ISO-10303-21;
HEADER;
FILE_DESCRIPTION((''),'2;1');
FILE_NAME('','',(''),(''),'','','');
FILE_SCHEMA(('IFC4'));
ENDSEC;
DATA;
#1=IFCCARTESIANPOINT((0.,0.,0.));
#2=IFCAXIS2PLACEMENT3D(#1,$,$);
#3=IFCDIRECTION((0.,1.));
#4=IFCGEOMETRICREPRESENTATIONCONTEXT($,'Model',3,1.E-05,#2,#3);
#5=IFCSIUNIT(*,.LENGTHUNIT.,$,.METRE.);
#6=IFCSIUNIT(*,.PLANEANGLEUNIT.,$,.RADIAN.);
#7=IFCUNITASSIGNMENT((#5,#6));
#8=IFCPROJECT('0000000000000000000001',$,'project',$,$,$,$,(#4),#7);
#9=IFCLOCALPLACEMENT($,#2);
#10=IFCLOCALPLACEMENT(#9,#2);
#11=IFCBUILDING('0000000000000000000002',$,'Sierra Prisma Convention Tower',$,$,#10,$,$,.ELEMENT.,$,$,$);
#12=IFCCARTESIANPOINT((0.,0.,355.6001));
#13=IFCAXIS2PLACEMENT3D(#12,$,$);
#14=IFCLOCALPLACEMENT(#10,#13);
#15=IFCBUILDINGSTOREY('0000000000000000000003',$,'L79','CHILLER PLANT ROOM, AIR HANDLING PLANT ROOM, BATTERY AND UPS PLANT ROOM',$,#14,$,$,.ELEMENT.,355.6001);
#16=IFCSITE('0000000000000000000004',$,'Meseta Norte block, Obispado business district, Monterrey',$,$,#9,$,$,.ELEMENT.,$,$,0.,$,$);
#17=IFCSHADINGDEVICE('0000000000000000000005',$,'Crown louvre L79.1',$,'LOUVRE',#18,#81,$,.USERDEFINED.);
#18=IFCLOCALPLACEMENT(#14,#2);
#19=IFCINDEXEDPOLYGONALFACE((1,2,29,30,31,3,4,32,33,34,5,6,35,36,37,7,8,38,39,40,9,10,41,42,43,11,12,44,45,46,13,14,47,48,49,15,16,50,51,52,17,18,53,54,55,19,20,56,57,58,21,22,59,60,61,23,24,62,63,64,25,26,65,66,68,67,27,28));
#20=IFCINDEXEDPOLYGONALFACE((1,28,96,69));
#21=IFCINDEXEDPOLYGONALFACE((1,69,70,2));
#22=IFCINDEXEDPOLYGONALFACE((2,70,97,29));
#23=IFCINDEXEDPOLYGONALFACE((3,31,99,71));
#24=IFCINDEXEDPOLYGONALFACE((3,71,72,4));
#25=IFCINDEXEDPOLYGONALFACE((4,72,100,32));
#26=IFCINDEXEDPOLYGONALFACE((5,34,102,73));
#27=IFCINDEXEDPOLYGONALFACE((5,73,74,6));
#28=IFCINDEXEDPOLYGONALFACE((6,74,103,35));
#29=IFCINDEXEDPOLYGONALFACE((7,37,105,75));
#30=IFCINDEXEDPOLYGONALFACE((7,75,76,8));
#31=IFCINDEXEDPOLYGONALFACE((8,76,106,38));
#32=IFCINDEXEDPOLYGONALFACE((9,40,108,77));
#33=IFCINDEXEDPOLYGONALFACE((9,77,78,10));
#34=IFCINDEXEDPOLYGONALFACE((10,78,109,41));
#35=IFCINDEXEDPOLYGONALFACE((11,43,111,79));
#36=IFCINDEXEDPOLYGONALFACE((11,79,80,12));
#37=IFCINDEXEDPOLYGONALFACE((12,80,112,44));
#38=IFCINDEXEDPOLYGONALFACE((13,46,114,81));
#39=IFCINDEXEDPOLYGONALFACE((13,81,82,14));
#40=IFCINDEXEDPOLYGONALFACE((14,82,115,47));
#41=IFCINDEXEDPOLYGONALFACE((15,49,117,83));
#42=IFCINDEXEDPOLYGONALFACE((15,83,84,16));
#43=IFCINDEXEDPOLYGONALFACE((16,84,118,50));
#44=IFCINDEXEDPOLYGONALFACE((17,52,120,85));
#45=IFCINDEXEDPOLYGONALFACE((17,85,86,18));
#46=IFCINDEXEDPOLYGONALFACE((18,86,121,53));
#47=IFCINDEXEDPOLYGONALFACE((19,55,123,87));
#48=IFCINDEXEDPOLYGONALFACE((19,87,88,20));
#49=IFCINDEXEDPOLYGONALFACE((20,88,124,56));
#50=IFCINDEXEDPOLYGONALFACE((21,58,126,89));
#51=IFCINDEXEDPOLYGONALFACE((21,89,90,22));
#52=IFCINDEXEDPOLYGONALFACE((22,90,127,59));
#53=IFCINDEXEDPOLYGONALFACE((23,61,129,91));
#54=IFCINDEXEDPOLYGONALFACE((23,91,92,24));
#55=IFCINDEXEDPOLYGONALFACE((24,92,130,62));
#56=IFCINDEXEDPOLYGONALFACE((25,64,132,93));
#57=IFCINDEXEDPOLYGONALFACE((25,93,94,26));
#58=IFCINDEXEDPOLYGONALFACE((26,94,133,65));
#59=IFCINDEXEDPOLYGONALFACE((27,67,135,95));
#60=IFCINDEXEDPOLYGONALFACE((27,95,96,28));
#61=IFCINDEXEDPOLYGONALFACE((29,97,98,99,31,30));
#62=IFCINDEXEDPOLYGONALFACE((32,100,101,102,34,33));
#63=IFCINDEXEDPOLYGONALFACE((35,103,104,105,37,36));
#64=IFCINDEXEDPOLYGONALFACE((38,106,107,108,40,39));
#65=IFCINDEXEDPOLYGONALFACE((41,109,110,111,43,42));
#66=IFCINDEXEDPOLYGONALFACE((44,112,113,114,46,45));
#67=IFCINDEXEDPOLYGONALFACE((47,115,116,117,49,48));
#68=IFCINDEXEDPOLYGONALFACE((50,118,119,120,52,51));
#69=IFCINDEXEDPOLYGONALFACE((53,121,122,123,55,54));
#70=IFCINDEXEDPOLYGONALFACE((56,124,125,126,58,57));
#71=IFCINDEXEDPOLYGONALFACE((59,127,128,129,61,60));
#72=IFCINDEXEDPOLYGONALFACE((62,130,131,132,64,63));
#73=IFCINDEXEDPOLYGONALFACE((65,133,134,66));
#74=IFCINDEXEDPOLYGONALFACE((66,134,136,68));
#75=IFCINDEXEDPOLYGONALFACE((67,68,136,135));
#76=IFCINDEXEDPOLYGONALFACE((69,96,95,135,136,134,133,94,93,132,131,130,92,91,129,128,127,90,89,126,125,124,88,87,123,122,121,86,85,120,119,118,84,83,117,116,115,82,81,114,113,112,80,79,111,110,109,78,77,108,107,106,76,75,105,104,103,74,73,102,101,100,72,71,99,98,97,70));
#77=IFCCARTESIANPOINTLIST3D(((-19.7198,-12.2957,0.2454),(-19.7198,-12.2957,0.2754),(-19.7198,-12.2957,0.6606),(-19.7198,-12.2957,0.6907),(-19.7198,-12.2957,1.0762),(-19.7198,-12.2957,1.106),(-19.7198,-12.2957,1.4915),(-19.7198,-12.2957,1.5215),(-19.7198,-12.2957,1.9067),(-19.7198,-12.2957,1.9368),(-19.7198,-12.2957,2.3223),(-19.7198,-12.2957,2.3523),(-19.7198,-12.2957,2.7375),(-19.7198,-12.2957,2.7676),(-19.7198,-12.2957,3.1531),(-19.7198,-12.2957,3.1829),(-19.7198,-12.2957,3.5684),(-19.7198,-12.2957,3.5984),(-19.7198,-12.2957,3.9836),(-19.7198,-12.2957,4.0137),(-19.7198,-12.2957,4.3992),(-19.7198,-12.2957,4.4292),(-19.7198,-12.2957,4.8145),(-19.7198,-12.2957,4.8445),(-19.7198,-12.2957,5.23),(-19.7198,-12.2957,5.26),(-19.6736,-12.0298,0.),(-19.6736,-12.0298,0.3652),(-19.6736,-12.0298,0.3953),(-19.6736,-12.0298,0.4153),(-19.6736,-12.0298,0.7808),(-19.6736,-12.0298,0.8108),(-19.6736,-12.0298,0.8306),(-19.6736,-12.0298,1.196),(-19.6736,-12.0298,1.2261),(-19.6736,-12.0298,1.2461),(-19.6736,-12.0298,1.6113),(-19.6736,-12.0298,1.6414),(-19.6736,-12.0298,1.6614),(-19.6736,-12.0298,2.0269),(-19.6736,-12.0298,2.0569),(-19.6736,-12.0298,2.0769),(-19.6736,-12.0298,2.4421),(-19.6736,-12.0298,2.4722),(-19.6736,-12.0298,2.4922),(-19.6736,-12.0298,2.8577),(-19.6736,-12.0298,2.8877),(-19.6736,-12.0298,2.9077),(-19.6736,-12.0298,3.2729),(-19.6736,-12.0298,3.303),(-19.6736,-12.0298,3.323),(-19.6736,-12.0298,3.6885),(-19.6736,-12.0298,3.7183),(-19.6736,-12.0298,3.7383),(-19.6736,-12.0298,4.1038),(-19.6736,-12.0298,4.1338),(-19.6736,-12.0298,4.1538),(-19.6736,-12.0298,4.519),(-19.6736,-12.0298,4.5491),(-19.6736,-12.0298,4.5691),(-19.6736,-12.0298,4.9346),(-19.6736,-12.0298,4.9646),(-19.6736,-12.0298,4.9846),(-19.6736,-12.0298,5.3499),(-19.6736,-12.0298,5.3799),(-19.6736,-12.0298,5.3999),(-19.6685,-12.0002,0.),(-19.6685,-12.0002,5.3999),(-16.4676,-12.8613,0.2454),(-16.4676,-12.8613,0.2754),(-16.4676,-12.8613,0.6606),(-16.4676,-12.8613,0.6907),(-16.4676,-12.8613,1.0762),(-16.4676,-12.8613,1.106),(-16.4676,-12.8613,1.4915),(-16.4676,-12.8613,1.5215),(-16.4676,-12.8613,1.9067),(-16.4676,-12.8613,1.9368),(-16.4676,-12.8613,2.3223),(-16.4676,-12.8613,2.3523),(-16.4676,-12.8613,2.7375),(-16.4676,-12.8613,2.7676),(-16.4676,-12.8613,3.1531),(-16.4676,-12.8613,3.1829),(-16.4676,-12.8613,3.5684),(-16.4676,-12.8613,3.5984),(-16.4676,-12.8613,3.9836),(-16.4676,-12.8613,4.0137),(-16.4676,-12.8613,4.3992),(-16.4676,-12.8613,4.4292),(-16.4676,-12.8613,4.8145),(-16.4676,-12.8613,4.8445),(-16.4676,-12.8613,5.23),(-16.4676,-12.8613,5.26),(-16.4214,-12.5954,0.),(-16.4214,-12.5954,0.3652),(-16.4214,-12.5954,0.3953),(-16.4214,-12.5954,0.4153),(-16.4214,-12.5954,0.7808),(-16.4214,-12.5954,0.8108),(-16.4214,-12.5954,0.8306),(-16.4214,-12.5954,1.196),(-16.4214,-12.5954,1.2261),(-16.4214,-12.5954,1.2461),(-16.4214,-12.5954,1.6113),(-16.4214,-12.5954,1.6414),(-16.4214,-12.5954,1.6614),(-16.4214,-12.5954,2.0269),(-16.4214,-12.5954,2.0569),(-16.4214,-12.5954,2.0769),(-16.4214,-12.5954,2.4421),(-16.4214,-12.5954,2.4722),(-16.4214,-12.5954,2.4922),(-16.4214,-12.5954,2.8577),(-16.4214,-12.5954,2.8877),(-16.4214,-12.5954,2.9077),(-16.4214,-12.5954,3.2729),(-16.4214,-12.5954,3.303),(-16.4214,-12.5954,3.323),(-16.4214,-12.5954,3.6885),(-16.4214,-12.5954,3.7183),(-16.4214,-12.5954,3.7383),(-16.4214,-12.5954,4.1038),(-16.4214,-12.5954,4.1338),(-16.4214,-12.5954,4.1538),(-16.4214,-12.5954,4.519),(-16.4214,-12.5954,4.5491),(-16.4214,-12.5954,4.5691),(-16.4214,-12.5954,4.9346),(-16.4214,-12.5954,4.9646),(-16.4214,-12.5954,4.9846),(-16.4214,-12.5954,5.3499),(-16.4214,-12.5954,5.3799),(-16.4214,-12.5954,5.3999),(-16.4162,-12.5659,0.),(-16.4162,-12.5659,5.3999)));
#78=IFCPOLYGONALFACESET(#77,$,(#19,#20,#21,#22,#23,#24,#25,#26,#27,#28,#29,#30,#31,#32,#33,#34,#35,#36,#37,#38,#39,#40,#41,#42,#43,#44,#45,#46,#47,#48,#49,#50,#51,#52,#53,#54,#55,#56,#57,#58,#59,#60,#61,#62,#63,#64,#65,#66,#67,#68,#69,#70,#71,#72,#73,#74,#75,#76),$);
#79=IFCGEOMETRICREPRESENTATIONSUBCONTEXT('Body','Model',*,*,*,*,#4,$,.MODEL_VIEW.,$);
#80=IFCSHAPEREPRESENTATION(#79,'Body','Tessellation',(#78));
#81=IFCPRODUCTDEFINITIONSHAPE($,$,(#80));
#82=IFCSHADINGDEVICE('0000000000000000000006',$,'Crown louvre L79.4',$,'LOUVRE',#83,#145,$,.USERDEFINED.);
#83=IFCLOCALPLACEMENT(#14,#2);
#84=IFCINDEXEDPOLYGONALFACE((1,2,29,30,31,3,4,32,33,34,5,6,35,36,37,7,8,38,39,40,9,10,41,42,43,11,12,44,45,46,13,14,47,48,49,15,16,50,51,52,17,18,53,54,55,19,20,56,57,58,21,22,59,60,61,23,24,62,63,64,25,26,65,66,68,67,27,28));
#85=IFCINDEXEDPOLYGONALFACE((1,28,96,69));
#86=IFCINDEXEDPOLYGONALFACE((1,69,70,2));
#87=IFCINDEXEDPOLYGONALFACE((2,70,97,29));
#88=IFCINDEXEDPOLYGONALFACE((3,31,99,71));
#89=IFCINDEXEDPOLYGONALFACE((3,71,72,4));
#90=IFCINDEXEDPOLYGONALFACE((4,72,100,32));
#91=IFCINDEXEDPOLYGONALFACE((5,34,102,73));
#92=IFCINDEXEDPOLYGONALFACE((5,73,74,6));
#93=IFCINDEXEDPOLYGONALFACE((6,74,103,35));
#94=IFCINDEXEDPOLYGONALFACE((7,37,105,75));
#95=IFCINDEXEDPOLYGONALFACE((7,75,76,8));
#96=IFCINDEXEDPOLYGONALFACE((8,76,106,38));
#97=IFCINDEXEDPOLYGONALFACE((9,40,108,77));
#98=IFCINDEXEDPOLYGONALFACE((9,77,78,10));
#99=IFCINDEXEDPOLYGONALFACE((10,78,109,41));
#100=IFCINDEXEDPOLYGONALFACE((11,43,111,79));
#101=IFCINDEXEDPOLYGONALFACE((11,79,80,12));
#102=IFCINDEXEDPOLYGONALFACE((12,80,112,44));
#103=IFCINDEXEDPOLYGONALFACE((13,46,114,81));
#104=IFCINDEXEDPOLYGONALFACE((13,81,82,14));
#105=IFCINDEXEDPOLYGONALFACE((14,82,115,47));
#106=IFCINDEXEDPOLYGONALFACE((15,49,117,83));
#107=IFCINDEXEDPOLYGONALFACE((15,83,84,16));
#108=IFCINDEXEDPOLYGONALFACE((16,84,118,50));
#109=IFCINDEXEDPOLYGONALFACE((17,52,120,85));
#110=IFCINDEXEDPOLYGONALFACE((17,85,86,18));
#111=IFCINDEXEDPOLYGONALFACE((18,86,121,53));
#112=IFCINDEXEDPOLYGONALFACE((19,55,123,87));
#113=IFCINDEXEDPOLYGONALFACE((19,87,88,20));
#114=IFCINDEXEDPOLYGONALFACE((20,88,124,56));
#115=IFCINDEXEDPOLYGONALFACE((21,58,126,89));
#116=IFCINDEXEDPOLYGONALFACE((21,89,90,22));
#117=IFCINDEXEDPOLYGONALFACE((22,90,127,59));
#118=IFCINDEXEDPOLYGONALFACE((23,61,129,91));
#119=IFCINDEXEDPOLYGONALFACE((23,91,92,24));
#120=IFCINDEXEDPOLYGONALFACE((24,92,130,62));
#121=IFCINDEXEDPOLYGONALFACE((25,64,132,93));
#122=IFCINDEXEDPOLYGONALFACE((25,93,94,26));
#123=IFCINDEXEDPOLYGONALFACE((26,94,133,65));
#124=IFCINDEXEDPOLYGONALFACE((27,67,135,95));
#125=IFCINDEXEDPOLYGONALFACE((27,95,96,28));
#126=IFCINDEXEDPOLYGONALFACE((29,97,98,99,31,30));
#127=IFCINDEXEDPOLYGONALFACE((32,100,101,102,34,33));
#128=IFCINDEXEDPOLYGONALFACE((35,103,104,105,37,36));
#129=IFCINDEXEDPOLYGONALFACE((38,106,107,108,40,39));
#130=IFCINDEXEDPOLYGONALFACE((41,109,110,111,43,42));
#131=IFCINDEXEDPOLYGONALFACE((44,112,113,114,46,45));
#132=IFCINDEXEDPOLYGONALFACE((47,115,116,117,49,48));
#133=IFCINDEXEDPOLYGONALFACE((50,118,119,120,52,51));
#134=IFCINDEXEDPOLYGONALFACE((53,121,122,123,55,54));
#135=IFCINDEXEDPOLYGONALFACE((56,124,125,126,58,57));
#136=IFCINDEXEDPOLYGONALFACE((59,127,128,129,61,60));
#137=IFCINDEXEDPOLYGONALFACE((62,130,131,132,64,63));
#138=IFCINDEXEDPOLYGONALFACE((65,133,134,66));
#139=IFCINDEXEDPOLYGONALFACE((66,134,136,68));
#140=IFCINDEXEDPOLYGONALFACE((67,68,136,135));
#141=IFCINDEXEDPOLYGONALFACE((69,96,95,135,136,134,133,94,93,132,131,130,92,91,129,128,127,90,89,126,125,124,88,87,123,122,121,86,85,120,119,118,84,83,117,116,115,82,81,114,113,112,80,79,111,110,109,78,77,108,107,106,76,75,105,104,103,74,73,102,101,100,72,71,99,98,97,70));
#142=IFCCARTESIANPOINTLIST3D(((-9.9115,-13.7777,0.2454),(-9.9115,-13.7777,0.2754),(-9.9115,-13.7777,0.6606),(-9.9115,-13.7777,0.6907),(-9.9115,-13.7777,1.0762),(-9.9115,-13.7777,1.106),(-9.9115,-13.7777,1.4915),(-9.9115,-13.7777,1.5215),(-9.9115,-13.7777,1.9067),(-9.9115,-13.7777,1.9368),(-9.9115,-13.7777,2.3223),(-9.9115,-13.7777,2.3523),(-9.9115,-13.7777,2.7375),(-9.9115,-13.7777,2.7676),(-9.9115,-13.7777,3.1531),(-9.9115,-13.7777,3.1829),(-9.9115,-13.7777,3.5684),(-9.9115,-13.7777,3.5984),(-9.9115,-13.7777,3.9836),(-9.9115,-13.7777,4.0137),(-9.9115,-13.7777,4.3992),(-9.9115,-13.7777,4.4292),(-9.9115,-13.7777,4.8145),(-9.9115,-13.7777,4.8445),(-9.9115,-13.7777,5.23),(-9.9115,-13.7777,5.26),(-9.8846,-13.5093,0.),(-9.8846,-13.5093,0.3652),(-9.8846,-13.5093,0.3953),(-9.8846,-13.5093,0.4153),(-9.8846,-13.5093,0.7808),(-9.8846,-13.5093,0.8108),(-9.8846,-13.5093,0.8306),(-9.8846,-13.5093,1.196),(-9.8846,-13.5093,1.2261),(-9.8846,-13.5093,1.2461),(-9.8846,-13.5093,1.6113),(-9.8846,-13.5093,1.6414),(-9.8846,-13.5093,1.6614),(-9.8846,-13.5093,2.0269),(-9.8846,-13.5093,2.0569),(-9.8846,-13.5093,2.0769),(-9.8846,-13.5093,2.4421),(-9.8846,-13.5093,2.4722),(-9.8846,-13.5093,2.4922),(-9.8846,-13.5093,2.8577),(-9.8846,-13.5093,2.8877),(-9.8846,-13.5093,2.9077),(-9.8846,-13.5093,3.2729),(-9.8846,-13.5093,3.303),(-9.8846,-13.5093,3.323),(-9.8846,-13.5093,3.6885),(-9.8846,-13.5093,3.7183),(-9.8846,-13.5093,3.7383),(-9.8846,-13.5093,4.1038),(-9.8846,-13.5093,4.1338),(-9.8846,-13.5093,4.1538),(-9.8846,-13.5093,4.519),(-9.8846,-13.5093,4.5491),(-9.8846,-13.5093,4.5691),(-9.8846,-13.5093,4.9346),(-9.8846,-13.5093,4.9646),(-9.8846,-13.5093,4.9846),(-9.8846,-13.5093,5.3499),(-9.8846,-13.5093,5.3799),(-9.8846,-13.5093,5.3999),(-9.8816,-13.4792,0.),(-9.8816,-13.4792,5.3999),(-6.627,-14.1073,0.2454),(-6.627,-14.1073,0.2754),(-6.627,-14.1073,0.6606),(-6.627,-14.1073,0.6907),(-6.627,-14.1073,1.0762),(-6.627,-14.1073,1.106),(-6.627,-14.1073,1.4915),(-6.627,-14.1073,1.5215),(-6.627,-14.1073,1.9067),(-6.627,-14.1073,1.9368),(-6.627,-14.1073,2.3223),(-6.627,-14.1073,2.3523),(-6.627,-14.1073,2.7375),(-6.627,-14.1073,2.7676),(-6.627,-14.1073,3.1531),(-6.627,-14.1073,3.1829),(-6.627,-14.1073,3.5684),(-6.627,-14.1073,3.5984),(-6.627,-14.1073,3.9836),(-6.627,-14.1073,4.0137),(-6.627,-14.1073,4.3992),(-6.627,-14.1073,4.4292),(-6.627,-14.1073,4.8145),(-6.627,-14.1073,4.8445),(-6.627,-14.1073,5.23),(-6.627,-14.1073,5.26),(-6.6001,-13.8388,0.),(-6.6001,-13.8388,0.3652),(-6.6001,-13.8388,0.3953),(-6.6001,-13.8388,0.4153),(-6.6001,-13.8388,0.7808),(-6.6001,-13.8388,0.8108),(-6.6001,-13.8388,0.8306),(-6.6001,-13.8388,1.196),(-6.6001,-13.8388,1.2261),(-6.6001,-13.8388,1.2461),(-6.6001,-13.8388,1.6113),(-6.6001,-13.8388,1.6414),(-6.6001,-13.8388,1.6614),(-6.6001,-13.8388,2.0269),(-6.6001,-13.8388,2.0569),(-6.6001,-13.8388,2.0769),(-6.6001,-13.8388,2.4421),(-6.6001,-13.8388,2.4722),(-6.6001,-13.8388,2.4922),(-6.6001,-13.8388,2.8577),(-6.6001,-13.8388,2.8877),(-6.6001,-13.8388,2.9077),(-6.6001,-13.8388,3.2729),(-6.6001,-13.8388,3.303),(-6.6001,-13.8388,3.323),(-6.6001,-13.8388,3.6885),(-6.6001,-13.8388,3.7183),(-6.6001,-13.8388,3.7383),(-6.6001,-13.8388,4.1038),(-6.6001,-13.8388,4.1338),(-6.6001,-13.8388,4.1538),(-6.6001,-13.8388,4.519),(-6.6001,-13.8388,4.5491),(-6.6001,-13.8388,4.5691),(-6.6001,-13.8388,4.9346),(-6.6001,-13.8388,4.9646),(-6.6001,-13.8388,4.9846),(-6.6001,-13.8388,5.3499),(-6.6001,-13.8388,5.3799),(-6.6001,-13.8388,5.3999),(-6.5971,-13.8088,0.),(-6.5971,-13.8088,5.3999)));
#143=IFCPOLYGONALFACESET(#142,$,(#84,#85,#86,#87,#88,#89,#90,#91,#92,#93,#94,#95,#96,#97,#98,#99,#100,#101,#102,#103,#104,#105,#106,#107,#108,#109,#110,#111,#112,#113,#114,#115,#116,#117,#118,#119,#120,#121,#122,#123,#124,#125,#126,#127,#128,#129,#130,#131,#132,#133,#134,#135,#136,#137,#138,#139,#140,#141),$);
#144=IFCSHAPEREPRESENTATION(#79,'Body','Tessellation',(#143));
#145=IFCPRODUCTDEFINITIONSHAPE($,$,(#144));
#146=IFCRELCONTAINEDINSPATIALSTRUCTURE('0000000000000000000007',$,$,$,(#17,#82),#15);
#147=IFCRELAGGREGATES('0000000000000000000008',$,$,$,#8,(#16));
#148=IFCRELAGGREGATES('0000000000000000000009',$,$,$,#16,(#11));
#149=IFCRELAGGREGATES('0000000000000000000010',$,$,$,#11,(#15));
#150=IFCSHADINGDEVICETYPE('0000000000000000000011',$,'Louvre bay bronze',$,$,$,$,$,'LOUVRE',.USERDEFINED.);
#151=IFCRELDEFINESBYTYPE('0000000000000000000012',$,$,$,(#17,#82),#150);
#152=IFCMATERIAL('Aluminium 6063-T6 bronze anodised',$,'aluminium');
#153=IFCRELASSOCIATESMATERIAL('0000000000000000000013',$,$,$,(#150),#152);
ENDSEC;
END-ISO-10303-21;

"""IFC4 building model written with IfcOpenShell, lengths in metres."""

from ifc_helpers import new_model, si_unit, direction, frame, origin, place, context, subcontext, project, spatial, polyline, outline, extrude, material, type_object, element, save


model = new_model("IFC4")

# Units and contexts
model_context = context("Model", 3, precision=1e-05, world=origin(), true_north=direction((0.0, 1.0)))
body_context = subcontext(model_context, "Body", "Model", "MODEL_VIEW")
ifc_project = project(units=[si_unit("LENGTHUNIT", "METRE"), si_unit("PLANEANGLEUNIT", "RADIAN")], contexts=[model_context])

# Site, building, storey
site_placement = place(None, origin())
site = spatial("IfcSite", under=ifc_project, at=site_placement, Name="Meseta Norte block, Obispado business district, Monterrey", CompositionType="ELEMENT", RefElevation=0.0)
building_placement = place(site_placement, origin())
building = spatial("IfcBuilding", under=site, at=building_placement, Name="Sierra Prisma Convention Tower", CompositionType="ELEMENT")
storey_placement = place(building_placement, frame((0.0, 0.0, 355.6001)))
storey = spatial("IfcBuildingStorey", under=building, at=storey_placement, Name="L79", Description="CHILLER PLANT ROOM, AIR HANDLING PLANT ROOM, BATTERY AND UPS PLANT ROOM", CompositionType="ELEMENT", Elevation=355.6001)

# Shading devices
ifc_material_1 = material(Name="Aluminium 6063-T6 bronze anodised", Category="aluminium")
shading_device_type = type_object("IfcShadingDeviceType", Name="Louvre bay bronze", ElementType="LOUVRE", PredefinedType="USERDEFINED", material=ifc_material_1)
shading_device_1_placement = place(storey_placement, frame((-19.6685, -12.0002, 0.0), z_axis=(-0.985211, 0.171344, 0.0), x_axis=(0.0, 0.0, 1.0)))
element("IfcShadingDevice", 1, at=shading_device_1_placement, inside=storey, type_object=shading_device_type, Name="Crown louvre L79.1", ObjectType="LOUVRE", PredefinedType="USERDEFINED", context=body_context, shape_type="SweptSolid", body=[
    extrude(outline(polyline([(0.0, 0.0), (5.3999, 0.0), (5.3999, -0.03), (5.3799, -0.03), (5.26, -0.2999), (5.23, -0.2999), (5.3499, -0.03), (4.9846, -0.03), (4.9646, -0.03), (4.8445, -0.2999), (4.8145, -0.2999), (4.9346, -0.03), (4.5691, -0.03), (4.5491, -0.03), (4.4292, -0.2999), (4.3992, -0.2999), (4.519, -0.03), (4.1538, -0.03), (4.1338, -0.03), (4.0137, -0.2999), (3.9836, -0.2999), (4.1038, -0.03), (3.7383, -0.03), (3.7183, -0.03), (3.5984, -0.2999), (3.5684, -0.2999), (3.6885, -0.03), (3.323, -0.03), (3.303, -0.03), (3.1829, -0.2999), (3.1531, -0.2999), (3.2729, -0.03), (2.9077, -0.03), (2.8877, -0.03), (2.7676, -0.2999), (2.7375, -0.2999), (2.8577, -0.03), (2.4922, -0.03), (2.4722, -0.03), (2.3523, -0.2999), (2.3223, -0.2999), (2.4421, -0.03), (2.0769, -0.03), (2.0569, -0.03), (1.9368, -0.2999), (1.9067, -0.2999), (2.0269, -0.03), (1.6614, -0.03), (1.6414, -0.03), (1.5215, -0.2999), (1.4915, -0.2999), (1.6113, -0.03), (1.2461, -0.03), (1.2261, -0.03), (1.106, -0.2999), (1.0762, -0.2999), (1.196, -0.03), (0.8306, -0.03), (0.8108, -0.03), (0.6907, -0.2999), (0.6606, -0.2999), (0.7808, -0.03), (0.4153, -0.03), (0.3953, -0.03), (0.2754, -0.2999), (0.2454, -0.2999), (0.3652, -0.03), (0.0, -0.03), (0.0, 0.0)])), origin(), (0.0, 0.0, -1.0), 3.301),
])
shading_device_2_placement = place(storey_placement, frame((-9.8816, -13.4792, 0.0), z_axis=(-0.995004, 0.099836, 0.0), x_axis=(0.0, 0.0, 1.0)))
element("IfcShadingDevice", 2, at=shading_device_2_placement, inside=storey, type_object=shading_device_type, Name="Crown louvre L79.4", ObjectType="LOUVRE", PredefinedType="USERDEFINED", context=body_context, shape_type="SweptSolid", body=[
    extrude(outline(polyline([(0.0, 0.0), (5.3999, 0.0), (5.3999, -0.0302), (5.3799, -0.0302), (5.26, -0.2999), (5.23, -0.2999), (5.3499, -0.0302), (4.9846, -0.0302), (4.9646, -0.0302), (4.8445, -0.2999), (4.8145, -0.2999), (4.9346, -0.0302), (4.5691, -0.0302), (4.5491, -0.0302), (4.4292, -0.2999), (4.3992, -0.2999), (4.519, -0.0302), (4.1538, -0.0302), (4.1338, -0.0302), (4.0137, -0.2999), (3.9836, -0.2999), (4.1038, -0.0302), (3.7383, -0.0302), (3.7183, -0.0302), (3.5984, -0.2999), (3.5684, -0.2999), (3.6885, -0.0302), (3.323, -0.0302), (3.303, -0.0302), (3.1829, -0.2999), (3.1531, -0.2999), (3.2729, -0.0302), (2.9077, -0.0302), (2.8877, -0.0302), (2.7676, -0.2999), (2.7375, -0.2999), (2.8577, -0.0302), (2.4922, -0.0302), (2.4722, -0.0302), (2.3523, -0.2999), (2.3223, -0.2999), (2.4421, -0.0302), (2.0769, -0.0302), (2.0569, -0.0302), (1.9368, -0.2999), (1.9067, -0.2999), (2.0269, -0.0302), (1.6614, -0.0302), (1.6414, -0.0302), (1.5215, -0.2999), (1.4915, -0.2999), (1.6113, -0.0302), (1.2461, -0.0302), (1.2261, -0.0302), (1.106, -0.2999), (1.0762, -0.2999), (1.196, -0.0302), (0.8306, -0.0302), (0.8108, -0.0302), (0.6907, -0.2999), (0.6606, -0.2999), (0.7808, -0.0302), (0.4153, -0.0302), (0.3953, -0.0302), (0.2754, -0.2999), (0.2454, -0.2999), (0.3652, -0.0302), (0.0, -0.0302), (0.0, 0.0)])), origin(), (0.0, 0.0, -1.0), 3.301),
])

save(model, "model.ifc")
